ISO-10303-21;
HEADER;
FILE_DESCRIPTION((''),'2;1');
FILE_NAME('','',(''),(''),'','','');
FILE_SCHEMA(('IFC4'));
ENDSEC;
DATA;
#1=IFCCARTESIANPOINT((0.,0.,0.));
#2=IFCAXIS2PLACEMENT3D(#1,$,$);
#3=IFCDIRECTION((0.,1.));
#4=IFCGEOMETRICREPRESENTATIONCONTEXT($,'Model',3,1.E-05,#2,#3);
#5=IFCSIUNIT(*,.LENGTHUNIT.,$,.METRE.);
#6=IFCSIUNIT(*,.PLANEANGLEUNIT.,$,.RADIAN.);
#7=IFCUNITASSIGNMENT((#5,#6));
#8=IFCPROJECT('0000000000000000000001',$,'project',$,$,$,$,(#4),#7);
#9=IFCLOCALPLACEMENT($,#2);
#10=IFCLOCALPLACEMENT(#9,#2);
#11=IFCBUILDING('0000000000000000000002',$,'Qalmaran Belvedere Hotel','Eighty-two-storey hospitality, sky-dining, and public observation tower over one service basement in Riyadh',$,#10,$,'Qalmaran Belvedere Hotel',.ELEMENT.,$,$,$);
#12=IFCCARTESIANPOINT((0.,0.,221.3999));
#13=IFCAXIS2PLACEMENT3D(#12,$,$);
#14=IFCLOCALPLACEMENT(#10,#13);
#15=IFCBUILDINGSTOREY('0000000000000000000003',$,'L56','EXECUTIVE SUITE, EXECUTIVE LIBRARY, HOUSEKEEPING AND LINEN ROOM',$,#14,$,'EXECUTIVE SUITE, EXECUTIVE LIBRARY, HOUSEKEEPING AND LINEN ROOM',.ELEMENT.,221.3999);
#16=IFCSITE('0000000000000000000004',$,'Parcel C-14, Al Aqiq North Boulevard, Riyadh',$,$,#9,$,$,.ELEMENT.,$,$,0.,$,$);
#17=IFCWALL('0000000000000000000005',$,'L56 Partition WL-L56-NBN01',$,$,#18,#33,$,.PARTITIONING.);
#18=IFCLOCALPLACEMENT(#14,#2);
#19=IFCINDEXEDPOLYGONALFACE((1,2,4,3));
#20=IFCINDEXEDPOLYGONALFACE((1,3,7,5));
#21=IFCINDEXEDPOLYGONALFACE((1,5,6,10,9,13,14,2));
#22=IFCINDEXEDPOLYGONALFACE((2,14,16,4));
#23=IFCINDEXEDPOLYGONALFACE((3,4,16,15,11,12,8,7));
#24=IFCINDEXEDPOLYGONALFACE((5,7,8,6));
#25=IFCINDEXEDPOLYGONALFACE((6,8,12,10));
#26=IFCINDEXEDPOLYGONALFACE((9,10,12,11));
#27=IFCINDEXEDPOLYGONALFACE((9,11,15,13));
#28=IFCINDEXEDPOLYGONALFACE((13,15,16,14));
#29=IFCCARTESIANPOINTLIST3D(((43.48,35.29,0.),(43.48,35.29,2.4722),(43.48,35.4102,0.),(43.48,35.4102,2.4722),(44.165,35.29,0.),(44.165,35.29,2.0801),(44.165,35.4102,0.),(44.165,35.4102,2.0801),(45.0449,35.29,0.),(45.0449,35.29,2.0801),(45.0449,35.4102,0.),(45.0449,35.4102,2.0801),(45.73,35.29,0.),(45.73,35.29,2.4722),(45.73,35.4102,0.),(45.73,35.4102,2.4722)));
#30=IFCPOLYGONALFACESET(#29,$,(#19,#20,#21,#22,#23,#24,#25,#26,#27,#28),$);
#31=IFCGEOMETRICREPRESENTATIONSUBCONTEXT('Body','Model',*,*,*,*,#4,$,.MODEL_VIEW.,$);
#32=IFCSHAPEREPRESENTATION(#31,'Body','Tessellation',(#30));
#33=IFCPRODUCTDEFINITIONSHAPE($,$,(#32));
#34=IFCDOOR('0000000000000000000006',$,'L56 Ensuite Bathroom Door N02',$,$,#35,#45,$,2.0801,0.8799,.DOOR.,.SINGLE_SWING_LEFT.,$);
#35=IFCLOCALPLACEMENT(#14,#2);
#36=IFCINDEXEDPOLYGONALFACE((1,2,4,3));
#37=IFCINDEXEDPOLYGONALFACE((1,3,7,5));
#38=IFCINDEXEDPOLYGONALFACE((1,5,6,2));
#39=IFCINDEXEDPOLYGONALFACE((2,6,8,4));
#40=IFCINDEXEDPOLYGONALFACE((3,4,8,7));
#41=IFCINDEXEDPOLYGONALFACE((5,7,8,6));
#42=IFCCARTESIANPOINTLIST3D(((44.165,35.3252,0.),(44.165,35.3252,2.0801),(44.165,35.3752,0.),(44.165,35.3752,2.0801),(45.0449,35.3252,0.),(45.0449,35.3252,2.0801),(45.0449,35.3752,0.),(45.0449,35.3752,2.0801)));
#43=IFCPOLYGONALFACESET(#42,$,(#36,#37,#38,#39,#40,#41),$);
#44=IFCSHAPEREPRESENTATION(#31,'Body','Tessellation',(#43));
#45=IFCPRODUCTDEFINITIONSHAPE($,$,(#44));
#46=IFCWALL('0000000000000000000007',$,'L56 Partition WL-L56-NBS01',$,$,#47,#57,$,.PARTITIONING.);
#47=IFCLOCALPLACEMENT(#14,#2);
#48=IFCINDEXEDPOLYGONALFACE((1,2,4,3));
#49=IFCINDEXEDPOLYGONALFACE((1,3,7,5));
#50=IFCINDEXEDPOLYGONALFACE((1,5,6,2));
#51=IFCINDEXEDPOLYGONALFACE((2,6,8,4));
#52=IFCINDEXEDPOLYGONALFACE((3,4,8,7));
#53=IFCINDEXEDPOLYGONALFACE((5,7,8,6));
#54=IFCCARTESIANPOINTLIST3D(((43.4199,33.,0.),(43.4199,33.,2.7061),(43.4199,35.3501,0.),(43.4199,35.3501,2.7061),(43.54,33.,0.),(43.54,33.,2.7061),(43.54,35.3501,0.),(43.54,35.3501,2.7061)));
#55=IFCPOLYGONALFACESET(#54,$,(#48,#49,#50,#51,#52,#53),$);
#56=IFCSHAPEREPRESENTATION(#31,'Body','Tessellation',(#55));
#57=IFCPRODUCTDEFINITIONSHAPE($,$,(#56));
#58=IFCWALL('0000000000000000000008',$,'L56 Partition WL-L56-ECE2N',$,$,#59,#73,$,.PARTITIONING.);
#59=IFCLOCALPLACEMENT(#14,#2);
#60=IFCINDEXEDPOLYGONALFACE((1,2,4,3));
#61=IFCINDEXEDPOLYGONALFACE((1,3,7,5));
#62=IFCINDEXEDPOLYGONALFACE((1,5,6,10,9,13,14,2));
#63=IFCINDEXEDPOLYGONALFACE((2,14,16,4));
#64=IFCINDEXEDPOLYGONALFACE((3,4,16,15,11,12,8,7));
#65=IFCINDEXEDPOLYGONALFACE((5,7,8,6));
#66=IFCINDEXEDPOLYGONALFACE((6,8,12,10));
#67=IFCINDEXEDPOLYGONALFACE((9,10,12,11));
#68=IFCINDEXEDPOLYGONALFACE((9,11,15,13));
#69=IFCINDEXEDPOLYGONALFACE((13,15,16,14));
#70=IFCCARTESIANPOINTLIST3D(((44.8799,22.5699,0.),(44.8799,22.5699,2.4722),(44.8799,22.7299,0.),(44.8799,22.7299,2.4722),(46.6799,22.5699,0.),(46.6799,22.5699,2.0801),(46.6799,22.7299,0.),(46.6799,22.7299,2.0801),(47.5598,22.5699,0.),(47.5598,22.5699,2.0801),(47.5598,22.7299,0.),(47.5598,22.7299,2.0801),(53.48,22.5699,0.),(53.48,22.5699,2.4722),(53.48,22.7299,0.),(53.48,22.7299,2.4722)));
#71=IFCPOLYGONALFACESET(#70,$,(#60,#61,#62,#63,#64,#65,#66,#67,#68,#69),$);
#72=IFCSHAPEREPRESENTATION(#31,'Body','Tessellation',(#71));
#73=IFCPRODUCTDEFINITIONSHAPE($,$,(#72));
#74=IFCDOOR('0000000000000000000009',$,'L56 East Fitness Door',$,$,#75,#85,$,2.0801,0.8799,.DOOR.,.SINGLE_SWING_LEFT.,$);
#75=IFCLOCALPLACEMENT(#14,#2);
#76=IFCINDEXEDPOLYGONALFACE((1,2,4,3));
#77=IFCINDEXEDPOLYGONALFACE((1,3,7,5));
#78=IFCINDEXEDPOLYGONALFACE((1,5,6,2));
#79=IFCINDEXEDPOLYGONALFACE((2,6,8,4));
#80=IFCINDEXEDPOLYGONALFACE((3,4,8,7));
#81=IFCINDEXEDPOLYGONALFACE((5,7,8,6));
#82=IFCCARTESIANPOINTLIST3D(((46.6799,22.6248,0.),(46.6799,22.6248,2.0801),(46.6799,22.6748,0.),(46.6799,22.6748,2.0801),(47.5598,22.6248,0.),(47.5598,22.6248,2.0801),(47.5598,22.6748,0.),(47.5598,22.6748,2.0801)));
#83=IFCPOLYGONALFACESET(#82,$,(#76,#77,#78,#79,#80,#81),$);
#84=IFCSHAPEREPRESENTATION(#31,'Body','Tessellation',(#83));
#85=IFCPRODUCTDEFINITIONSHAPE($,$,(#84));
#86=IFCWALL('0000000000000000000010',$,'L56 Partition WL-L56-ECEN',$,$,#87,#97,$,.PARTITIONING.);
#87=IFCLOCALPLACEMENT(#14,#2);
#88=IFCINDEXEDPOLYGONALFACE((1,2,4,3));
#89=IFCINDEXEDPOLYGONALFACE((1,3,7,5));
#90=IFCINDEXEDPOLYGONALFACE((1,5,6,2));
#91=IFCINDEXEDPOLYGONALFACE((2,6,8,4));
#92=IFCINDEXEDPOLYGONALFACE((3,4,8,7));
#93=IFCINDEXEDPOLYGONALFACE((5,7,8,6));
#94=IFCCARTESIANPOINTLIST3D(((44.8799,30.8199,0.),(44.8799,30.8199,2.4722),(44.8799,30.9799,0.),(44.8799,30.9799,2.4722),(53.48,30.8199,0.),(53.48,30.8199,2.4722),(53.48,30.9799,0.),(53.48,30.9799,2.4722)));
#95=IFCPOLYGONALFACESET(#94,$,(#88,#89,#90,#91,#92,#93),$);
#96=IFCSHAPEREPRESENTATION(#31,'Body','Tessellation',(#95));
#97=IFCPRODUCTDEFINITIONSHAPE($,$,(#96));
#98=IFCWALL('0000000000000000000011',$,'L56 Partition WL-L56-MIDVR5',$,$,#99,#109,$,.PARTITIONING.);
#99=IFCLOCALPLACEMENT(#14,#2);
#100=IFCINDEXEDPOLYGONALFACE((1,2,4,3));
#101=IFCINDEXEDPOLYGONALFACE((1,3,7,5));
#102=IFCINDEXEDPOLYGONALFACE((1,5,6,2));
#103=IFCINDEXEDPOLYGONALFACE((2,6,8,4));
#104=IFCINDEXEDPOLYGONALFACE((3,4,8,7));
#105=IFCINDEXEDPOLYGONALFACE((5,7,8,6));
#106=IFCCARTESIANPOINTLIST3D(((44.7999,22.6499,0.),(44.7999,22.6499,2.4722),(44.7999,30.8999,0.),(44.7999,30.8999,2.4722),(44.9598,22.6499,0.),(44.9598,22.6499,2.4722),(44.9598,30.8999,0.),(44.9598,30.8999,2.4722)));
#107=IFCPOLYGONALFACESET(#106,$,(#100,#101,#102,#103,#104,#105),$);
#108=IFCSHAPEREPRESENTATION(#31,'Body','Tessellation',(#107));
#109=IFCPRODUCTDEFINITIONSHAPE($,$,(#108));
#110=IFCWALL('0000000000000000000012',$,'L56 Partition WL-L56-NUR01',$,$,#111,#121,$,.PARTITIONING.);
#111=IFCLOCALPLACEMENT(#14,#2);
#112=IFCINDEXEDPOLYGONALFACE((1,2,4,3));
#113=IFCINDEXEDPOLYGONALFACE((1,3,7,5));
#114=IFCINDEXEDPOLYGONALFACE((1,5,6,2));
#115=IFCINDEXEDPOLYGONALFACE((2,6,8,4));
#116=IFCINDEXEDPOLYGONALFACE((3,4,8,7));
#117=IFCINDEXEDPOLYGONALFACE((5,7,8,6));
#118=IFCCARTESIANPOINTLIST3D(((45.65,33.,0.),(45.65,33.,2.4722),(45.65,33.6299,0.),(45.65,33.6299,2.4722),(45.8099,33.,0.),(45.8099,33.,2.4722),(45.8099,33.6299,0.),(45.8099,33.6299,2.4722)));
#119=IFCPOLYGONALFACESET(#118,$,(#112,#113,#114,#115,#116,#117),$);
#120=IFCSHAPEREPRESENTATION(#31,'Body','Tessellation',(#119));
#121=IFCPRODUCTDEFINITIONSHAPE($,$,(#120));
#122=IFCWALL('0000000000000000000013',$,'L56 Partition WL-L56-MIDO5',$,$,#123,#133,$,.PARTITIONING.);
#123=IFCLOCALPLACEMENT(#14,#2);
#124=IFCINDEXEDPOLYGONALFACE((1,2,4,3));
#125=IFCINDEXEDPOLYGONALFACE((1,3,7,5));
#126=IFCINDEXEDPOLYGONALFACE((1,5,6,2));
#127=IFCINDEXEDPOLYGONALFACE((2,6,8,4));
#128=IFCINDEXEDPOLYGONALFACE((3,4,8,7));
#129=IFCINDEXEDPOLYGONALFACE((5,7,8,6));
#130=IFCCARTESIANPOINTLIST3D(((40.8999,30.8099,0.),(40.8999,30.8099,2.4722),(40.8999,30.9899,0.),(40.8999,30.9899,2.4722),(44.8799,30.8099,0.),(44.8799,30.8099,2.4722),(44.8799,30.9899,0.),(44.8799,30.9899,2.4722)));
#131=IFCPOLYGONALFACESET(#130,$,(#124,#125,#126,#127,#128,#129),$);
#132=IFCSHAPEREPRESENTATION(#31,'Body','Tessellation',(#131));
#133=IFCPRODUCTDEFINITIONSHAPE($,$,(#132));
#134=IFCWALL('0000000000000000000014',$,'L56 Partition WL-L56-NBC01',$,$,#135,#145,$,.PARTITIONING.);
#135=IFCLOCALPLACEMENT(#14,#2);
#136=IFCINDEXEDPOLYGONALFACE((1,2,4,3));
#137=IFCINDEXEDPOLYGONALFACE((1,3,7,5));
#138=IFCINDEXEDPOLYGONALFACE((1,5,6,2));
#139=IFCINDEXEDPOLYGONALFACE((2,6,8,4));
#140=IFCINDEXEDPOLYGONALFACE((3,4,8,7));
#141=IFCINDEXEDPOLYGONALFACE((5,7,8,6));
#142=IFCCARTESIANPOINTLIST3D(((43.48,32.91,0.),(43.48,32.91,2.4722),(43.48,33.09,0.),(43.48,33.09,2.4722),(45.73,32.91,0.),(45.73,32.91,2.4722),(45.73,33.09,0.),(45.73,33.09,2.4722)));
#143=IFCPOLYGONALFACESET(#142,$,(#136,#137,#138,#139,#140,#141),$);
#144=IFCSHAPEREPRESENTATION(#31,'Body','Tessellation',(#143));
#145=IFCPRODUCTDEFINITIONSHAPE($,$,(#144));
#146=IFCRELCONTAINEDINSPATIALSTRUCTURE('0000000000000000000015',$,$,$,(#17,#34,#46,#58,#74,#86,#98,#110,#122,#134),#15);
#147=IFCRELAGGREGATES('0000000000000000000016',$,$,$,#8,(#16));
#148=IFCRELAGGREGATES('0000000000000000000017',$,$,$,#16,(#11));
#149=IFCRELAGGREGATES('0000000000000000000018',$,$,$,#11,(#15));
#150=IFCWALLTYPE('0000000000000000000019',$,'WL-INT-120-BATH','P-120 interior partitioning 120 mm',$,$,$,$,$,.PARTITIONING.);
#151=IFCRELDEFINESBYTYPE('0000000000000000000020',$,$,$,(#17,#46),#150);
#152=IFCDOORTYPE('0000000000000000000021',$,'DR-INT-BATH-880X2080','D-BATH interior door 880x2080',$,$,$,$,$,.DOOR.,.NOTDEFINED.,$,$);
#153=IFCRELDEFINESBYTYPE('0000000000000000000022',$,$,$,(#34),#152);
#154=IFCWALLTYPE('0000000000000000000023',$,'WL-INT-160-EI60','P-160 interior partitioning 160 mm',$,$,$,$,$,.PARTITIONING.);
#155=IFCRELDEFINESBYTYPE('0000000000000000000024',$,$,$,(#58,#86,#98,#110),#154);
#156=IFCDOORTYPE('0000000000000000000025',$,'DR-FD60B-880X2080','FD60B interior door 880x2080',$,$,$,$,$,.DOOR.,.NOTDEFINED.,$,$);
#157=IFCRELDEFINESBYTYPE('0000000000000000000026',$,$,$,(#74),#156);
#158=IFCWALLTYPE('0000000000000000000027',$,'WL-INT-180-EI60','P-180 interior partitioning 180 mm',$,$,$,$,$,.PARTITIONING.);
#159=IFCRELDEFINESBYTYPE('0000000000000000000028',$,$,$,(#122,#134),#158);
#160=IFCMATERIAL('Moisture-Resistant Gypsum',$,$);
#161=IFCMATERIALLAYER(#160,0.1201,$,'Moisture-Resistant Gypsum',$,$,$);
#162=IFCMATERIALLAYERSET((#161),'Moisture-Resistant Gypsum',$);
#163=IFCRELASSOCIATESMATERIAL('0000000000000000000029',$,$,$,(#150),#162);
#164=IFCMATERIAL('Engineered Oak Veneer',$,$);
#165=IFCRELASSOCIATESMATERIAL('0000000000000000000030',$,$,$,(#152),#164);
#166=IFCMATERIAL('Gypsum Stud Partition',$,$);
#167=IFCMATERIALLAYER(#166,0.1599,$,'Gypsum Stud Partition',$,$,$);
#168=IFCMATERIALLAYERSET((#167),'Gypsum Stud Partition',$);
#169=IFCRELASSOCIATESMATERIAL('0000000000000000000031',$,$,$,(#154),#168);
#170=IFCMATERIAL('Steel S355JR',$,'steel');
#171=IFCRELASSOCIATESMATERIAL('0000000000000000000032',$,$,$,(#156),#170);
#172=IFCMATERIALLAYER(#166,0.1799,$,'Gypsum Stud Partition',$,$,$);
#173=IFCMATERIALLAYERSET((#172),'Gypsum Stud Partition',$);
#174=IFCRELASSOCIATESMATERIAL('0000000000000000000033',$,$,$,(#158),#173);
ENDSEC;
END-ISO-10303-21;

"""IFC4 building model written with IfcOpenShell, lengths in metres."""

from ifc_helpers import new_model, si_unit, direction, frame, frame_2d, origin, place, context, subcontext, project, spatial, rectangle, extrude, material, layer, layer_set, type_object, element, fill, save


model = new_model("IFC4")

# Units and contexts
model_context = context("Model", 3, precision=1e-05, world=origin(), true_north=direction((0.0, 1.0)))
body_context = subcontext(model_context, "Body", "Model", "MODEL_VIEW")
ifc_project = project(units=[si_unit("LENGTHUNIT", "METRE"), si_unit("PLANEANGLEUNIT", "RADIAN")], contexts=[model_context])

# Site, building, storey
site_placement = place(None, origin())
site = spatial("IfcSite", under=ifc_project, at=site_placement, Name="Parcel C-14, Al Aqiq North Boulevard, Riyadh", CompositionType="ELEMENT", RefElevation=0.0)
building_placement = place(site_placement, origin())
building = spatial("IfcBuilding", under=site, at=building_placement, Name="Qalmaran Belvedere Hotel", Description="Eighty-two-storey hospitality, sky-dining, and public observation tower over one service basement in Riyadh", LongName="Qalmaran Belvedere Hotel", CompositionType="ELEMENT")
storey_placement = place(building_placement, frame((0.0, 0.0, 221.3999)))
storey = spatial("IfcBuildingStorey", under=building, at=storey_placement, Name="L56", Description="EXECUTIVE SUITE, EXECUTIVE LIBRARY, HOUSEKEEPING AND LINEN ROOM", LongName="EXECUTIVE SUITE, EXECUTIVE LIBRARY, HOUSEKEEPING AND LINEN ROOM", CompositionType="ELEMENT", Elevation=221.3999)

# Shared definitions
ifc_material_1 = material(Name="Steel S355JR", Category="steel")

# Wall, opening, door
ifc_material_2 = material(Name="Moisture-Resistant Gypsum")
ifc_layer_1 = layer(ifc_material_2, 0.1201, Name="Moisture-Resistant Gypsum")
ifc_layer_set_1 = layer_set([ifc_layer_1], Name="Moisture-Resistant Gypsum")
wall_type_1 = type_object("IfcWallType", Name="WL-INT-120-BATH", Description="P-120 interior partitioning 120 mm", PredefinedType="PARTITIONING", material=ifc_layer_set_1)
wall_1_placement = place(storey_placement, frame((43.48, 35.3501, 0.0), z_axis=(0.0, 0.0, 1.0), x_axis=(1.0, 0.0, 0.0)))
wall_1 = element("IfcWall", 1, at=wall_1_placement, inside=storey, type_object=wall_type_1, Name="L56 Partition WL-L56-NBN01", PredefinedType="PARTITIONING", context=body_context, shape_type="SweptSolid", body=[
    extrude(rectangle(XDim=2.25, YDim=0.1201, at=frame_2d((1.125, 0.0))), origin(), (0.0, 0.0, 1.0), 2.4722),
])
opening_1_placement = place(wall_1_placement, frame((1.5649, 0.0, 0.0), z_axis=(0.0, 0.0, 1.0), x_axis=(-1.0, 0.0, 0.0)))
opening_1 = element("IfcOpeningElement", 2, at=opening_1_placement, cuts=wall_1, PredefinedType="OPENING", context=body_context, shape_type="SweptSolid", body=[
    extrude(rectangle(XDim=0.8799, YDim=2.0801, at=frame_2d((0.4399, 1.04))), frame((0.0, 0.0701, 0.0), z_axis=(0.0, -1.0, 0.0), x_axis=(1.0, 0.0, 0.0)), (0.0, 0.0, 1.0), 0.1401),
])
ifc_material_3 = material(Name="Engineered Oak Veneer")
door_type_1 = type_object("IfcDoorType", Name="DR-INT-BATH-880X2080", Description="D-BATH interior door 880x2080", OperationType="NOTDEFINED", PredefinedType="DOOR", material=ifc_material_3)
door_1_placement = place(opening_1_placement, origin())
door_1 = element("IfcDoor", 3, at=door_1_placement, inside=storey, type_object=door_type_1, Name="L56 Ensuite Bathroom Door N02", OperationType="SINGLE_SWING_LEFT", OverallHeight=2.0801, OverallWidth=0.8799, PredefinedType="DOOR", context=body_context, shape_type="SweptSolid", body=[
    extrude(rectangle(XDim=0.8799, YDim=2.0801, at=frame_2d((0.4399, 1.04))), frame((0.0, 0.0249, 0.0), z_axis=(0.0, -1.0, 0.0), x_axis=(1.0, 0.0, 0.0)), (0.0, 0.0, 1.0), 0.05),
])
fill(opening_1, door_1)

# Wall
wall_2_placement = place(storey_placement, frame((43.48, 33.0, 0.0), z_axis=(0.0, 0.0, 1.0), x_axis=(0.0, 1.0, 0.0)))
element("IfcWall", 4, at=wall_2_placement, inside=storey, type_object=wall_type_1, Name="L56 Partition WL-L56-NBS01", PredefinedType="PARTITIONING", context=body_context, shape_type="SweptSolid", body=[
    extrude(rectangle(XDim=2.3501, YDim=0.1201, at=frame_2d((1.175, 0.0))), origin(), (0.0, 0.0, 1.0), 2.7061),
])

# Wall, opening, door
ifc_material_4 = material(Name="Gypsum Stud Partition")
ifc_layer_2 = layer(ifc_material_4, 0.1599, Name="Gypsum Stud Partition")
ifc_layer_set_2 = layer_set([ifc_layer_2], Name="Gypsum Stud Partition")
wall_type_2 = type_object("IfcWallType", Name="WL-INT-160-EI60", Description="P-160 interior partitioning 160 mm", PredefinedType="PARTITIONING", material=ifc_layer_set_2)
wall_3_placement = place(storey_placement, frame((44.8799, 22.6499, 0.0), z_axis=(0.0, 0.0, 1.0), x_axis=(1.0, 0.0, 0.0)))
wall_3 = element("IfcWall", 5, at=wall_3_placement, inside=storey, type_object=wall_type_2, Name="L56 Partition WL-L56-ECE2N", PredefinedType="PARTITIONING", context=body_context, shape_type="SweptSolid", body=[
    extrude(rectangle(XDim=8.6001, YDim=0.1599, at=frame_2d((4.3, 0.0))), origin(), (0.0, 0.0, 1.0), 2.4722),
])
opening_2_placement = place(wall_3_placement, frame((1.8, 0.0, 0.0)))
opening_2 = element("IfcOpeningElement", 6, at=opening_2_placement, cuts=wall_3, PredefinedType="OPENING", context=body_context, shape_type="SweptSolid", body=[
    extrude(rectangle(XDim=0.8799, YDim=2.0801, at=frame_2d((0.4399, 1.04))), frame((0.0, 0.0898, 0.0), z_axis=(0.0, -1.0, 0.0), x_axis=(1.0, 0.0, 0.0)), (0.0, 0.0, 1.0), 0.1799),
])
door_type_2 = type_object("IfcDoorType", Name="DR-FD60B-880X2080", Description="FD60B interior door 880x2080", OperationType="NOTDEFINED", PredefinedType="DOOR", material=ifc_material_1)
door_2_placement = place(opening_2_placement, origin())
door_2 = element("IfcDoor", 7, at=door_2_placement, inside=storey, type_object=door_type_2, Name="L56 East Fitness Door", OperationType="SINGLE_SWING_LEFT", OverallHeight=2.0801, OverallWidth=0.8799, PredefinedType="DOOR", context=body_context, shape_type="SweptSolid", body=[
    extrude(rectangle(XDim=0.8799, YDim=2.0801, at=frame_2d((0.4399, 1.04))), frame((0.0, 0.0249, 0.0), z_axis=(0.0, -1.0, 0.0), x_axis=(1.0, 0.0, 0.0)), (0.0, 0.0, 1.0), 0.05),
])
fill(opening_2, door_2)

# Walls
wall_4_placement = place(storey_placement, frame((44.8799, 30.8999, 0.0), z_axis=(0.0, 0.0, 1.0), x_axis=(1.0, 0.0, 0.0)))
element("IfcWall", 8, at=wall_4_placement, inside=storey, type_object=wall_type_2, Name="L56 Partition WL-L56-ECEN", PredefinedType="PARTITIONING", context=body_context, shape_type="SweptSolid", body=[
    extrude(rectangle(XDim=8.6001, YDim=0.1599, at=frame_2d((4.3, 0.0))), origin(), (0.0, 0.0, 1.0), 2.4722),
])
wall_5_placement = place(storey_placement, frame((44.8799, 22.6499, 0.0), z_axis=(0.0, 0.0, 1.0), x_axis=(0.0, 1.0, 0.0)))
element("IfcWall", 9, at=wall_5_placement, inside=storey, type_object=wall_type_2, Name="L56 Partition WL-L56-MIDVR5", PredefinedType="PARTITIONING", context=body_context, shape_type="SweptSolid", body=[
    extrude(rectangle(XDim=8.25, YDim=0.1599, at=frame_2d((4.125, 0.0))), origin(), (0.0, 0.0, 1.0), 2.4722),
])
wall_6_placement = place(storey_placement, frame((45.73, 33.0, 0.0), z_axis=(0.0, 0.0, 1.0), x_axis=(0.0, 1.0, 0.0)))
element("IfcWall", 10, at=wall_6_placement, inside=storey, type_object=wall_type_2, Name="L56 Partition WL-L56-NUR01", PredefinedType="PARTITIONING", context=body_context, shape_type="SweptSolid", body=[
    extrude(rectangle(XDim=0.6299, YDim=0.1599, at=frame_2d((0.3149, 0.0))), origin(), (0.0, 0.0, 1.0), 2.4722),
])
ifc_layer_3 = layer(ifc_material_4, 0.1799, Name="Gypsum Stud Partition")
ifc_layer_set_3 = layer_set([ifc_layer_3], Name="Gypsum Stud Partition")
wall_type_3 = type_object("IfcWallType", Name="WL-INT-180-EI60", Description="P-180 interior partitioning 180 mm", PredefinedType="PARTITIONING", material=ifc_layer_set_3)
wall_7_placement = place(storey_placement, frame((40.8999, 30.8999, 0.0), z_axis=(0.0, 0.0, 1.0), x_axis=(1.0, 0.0, 0.0)))
element("IfcWall", 11, at=wall_7_placement, inside=storey, type_object=wall_type_3, Name="L56 Partition WL-L56-MIDO5", PredefinedType="PARTITIONING", context=body_context, shape_type="SweptSolid", body=[
    extrude(rectangle(XDim=3.98, YDim=0.1799, at=frame_2d((1.99, 0.0))), origin(), (0.0, 0.0, 1.0), 2.4722),
])
wall_8_placement = place(storey_placement, frame((43.48, 33.0, 0.0), z_axis=(0.0, 0.0, 1.0), x_axis=(1.0, 0.0, 0.0)))
element("IfcWall", 12, at=wall_8_placement, inside=storey, type_object=wall_type_3, Name="L56 Partition WL-L56-NBC01", PredefinedType="PARTITIONING", context=body_context, shape_type="SweptSolid", body=[
    extrude(rectangle(XDim=2.25, YDim=0.1799, at=frame_2d((1.125, 0.0))), origin(), (0.0, 0.0, 1.0), 2.4722),
])

save(model, "model.ifc")
